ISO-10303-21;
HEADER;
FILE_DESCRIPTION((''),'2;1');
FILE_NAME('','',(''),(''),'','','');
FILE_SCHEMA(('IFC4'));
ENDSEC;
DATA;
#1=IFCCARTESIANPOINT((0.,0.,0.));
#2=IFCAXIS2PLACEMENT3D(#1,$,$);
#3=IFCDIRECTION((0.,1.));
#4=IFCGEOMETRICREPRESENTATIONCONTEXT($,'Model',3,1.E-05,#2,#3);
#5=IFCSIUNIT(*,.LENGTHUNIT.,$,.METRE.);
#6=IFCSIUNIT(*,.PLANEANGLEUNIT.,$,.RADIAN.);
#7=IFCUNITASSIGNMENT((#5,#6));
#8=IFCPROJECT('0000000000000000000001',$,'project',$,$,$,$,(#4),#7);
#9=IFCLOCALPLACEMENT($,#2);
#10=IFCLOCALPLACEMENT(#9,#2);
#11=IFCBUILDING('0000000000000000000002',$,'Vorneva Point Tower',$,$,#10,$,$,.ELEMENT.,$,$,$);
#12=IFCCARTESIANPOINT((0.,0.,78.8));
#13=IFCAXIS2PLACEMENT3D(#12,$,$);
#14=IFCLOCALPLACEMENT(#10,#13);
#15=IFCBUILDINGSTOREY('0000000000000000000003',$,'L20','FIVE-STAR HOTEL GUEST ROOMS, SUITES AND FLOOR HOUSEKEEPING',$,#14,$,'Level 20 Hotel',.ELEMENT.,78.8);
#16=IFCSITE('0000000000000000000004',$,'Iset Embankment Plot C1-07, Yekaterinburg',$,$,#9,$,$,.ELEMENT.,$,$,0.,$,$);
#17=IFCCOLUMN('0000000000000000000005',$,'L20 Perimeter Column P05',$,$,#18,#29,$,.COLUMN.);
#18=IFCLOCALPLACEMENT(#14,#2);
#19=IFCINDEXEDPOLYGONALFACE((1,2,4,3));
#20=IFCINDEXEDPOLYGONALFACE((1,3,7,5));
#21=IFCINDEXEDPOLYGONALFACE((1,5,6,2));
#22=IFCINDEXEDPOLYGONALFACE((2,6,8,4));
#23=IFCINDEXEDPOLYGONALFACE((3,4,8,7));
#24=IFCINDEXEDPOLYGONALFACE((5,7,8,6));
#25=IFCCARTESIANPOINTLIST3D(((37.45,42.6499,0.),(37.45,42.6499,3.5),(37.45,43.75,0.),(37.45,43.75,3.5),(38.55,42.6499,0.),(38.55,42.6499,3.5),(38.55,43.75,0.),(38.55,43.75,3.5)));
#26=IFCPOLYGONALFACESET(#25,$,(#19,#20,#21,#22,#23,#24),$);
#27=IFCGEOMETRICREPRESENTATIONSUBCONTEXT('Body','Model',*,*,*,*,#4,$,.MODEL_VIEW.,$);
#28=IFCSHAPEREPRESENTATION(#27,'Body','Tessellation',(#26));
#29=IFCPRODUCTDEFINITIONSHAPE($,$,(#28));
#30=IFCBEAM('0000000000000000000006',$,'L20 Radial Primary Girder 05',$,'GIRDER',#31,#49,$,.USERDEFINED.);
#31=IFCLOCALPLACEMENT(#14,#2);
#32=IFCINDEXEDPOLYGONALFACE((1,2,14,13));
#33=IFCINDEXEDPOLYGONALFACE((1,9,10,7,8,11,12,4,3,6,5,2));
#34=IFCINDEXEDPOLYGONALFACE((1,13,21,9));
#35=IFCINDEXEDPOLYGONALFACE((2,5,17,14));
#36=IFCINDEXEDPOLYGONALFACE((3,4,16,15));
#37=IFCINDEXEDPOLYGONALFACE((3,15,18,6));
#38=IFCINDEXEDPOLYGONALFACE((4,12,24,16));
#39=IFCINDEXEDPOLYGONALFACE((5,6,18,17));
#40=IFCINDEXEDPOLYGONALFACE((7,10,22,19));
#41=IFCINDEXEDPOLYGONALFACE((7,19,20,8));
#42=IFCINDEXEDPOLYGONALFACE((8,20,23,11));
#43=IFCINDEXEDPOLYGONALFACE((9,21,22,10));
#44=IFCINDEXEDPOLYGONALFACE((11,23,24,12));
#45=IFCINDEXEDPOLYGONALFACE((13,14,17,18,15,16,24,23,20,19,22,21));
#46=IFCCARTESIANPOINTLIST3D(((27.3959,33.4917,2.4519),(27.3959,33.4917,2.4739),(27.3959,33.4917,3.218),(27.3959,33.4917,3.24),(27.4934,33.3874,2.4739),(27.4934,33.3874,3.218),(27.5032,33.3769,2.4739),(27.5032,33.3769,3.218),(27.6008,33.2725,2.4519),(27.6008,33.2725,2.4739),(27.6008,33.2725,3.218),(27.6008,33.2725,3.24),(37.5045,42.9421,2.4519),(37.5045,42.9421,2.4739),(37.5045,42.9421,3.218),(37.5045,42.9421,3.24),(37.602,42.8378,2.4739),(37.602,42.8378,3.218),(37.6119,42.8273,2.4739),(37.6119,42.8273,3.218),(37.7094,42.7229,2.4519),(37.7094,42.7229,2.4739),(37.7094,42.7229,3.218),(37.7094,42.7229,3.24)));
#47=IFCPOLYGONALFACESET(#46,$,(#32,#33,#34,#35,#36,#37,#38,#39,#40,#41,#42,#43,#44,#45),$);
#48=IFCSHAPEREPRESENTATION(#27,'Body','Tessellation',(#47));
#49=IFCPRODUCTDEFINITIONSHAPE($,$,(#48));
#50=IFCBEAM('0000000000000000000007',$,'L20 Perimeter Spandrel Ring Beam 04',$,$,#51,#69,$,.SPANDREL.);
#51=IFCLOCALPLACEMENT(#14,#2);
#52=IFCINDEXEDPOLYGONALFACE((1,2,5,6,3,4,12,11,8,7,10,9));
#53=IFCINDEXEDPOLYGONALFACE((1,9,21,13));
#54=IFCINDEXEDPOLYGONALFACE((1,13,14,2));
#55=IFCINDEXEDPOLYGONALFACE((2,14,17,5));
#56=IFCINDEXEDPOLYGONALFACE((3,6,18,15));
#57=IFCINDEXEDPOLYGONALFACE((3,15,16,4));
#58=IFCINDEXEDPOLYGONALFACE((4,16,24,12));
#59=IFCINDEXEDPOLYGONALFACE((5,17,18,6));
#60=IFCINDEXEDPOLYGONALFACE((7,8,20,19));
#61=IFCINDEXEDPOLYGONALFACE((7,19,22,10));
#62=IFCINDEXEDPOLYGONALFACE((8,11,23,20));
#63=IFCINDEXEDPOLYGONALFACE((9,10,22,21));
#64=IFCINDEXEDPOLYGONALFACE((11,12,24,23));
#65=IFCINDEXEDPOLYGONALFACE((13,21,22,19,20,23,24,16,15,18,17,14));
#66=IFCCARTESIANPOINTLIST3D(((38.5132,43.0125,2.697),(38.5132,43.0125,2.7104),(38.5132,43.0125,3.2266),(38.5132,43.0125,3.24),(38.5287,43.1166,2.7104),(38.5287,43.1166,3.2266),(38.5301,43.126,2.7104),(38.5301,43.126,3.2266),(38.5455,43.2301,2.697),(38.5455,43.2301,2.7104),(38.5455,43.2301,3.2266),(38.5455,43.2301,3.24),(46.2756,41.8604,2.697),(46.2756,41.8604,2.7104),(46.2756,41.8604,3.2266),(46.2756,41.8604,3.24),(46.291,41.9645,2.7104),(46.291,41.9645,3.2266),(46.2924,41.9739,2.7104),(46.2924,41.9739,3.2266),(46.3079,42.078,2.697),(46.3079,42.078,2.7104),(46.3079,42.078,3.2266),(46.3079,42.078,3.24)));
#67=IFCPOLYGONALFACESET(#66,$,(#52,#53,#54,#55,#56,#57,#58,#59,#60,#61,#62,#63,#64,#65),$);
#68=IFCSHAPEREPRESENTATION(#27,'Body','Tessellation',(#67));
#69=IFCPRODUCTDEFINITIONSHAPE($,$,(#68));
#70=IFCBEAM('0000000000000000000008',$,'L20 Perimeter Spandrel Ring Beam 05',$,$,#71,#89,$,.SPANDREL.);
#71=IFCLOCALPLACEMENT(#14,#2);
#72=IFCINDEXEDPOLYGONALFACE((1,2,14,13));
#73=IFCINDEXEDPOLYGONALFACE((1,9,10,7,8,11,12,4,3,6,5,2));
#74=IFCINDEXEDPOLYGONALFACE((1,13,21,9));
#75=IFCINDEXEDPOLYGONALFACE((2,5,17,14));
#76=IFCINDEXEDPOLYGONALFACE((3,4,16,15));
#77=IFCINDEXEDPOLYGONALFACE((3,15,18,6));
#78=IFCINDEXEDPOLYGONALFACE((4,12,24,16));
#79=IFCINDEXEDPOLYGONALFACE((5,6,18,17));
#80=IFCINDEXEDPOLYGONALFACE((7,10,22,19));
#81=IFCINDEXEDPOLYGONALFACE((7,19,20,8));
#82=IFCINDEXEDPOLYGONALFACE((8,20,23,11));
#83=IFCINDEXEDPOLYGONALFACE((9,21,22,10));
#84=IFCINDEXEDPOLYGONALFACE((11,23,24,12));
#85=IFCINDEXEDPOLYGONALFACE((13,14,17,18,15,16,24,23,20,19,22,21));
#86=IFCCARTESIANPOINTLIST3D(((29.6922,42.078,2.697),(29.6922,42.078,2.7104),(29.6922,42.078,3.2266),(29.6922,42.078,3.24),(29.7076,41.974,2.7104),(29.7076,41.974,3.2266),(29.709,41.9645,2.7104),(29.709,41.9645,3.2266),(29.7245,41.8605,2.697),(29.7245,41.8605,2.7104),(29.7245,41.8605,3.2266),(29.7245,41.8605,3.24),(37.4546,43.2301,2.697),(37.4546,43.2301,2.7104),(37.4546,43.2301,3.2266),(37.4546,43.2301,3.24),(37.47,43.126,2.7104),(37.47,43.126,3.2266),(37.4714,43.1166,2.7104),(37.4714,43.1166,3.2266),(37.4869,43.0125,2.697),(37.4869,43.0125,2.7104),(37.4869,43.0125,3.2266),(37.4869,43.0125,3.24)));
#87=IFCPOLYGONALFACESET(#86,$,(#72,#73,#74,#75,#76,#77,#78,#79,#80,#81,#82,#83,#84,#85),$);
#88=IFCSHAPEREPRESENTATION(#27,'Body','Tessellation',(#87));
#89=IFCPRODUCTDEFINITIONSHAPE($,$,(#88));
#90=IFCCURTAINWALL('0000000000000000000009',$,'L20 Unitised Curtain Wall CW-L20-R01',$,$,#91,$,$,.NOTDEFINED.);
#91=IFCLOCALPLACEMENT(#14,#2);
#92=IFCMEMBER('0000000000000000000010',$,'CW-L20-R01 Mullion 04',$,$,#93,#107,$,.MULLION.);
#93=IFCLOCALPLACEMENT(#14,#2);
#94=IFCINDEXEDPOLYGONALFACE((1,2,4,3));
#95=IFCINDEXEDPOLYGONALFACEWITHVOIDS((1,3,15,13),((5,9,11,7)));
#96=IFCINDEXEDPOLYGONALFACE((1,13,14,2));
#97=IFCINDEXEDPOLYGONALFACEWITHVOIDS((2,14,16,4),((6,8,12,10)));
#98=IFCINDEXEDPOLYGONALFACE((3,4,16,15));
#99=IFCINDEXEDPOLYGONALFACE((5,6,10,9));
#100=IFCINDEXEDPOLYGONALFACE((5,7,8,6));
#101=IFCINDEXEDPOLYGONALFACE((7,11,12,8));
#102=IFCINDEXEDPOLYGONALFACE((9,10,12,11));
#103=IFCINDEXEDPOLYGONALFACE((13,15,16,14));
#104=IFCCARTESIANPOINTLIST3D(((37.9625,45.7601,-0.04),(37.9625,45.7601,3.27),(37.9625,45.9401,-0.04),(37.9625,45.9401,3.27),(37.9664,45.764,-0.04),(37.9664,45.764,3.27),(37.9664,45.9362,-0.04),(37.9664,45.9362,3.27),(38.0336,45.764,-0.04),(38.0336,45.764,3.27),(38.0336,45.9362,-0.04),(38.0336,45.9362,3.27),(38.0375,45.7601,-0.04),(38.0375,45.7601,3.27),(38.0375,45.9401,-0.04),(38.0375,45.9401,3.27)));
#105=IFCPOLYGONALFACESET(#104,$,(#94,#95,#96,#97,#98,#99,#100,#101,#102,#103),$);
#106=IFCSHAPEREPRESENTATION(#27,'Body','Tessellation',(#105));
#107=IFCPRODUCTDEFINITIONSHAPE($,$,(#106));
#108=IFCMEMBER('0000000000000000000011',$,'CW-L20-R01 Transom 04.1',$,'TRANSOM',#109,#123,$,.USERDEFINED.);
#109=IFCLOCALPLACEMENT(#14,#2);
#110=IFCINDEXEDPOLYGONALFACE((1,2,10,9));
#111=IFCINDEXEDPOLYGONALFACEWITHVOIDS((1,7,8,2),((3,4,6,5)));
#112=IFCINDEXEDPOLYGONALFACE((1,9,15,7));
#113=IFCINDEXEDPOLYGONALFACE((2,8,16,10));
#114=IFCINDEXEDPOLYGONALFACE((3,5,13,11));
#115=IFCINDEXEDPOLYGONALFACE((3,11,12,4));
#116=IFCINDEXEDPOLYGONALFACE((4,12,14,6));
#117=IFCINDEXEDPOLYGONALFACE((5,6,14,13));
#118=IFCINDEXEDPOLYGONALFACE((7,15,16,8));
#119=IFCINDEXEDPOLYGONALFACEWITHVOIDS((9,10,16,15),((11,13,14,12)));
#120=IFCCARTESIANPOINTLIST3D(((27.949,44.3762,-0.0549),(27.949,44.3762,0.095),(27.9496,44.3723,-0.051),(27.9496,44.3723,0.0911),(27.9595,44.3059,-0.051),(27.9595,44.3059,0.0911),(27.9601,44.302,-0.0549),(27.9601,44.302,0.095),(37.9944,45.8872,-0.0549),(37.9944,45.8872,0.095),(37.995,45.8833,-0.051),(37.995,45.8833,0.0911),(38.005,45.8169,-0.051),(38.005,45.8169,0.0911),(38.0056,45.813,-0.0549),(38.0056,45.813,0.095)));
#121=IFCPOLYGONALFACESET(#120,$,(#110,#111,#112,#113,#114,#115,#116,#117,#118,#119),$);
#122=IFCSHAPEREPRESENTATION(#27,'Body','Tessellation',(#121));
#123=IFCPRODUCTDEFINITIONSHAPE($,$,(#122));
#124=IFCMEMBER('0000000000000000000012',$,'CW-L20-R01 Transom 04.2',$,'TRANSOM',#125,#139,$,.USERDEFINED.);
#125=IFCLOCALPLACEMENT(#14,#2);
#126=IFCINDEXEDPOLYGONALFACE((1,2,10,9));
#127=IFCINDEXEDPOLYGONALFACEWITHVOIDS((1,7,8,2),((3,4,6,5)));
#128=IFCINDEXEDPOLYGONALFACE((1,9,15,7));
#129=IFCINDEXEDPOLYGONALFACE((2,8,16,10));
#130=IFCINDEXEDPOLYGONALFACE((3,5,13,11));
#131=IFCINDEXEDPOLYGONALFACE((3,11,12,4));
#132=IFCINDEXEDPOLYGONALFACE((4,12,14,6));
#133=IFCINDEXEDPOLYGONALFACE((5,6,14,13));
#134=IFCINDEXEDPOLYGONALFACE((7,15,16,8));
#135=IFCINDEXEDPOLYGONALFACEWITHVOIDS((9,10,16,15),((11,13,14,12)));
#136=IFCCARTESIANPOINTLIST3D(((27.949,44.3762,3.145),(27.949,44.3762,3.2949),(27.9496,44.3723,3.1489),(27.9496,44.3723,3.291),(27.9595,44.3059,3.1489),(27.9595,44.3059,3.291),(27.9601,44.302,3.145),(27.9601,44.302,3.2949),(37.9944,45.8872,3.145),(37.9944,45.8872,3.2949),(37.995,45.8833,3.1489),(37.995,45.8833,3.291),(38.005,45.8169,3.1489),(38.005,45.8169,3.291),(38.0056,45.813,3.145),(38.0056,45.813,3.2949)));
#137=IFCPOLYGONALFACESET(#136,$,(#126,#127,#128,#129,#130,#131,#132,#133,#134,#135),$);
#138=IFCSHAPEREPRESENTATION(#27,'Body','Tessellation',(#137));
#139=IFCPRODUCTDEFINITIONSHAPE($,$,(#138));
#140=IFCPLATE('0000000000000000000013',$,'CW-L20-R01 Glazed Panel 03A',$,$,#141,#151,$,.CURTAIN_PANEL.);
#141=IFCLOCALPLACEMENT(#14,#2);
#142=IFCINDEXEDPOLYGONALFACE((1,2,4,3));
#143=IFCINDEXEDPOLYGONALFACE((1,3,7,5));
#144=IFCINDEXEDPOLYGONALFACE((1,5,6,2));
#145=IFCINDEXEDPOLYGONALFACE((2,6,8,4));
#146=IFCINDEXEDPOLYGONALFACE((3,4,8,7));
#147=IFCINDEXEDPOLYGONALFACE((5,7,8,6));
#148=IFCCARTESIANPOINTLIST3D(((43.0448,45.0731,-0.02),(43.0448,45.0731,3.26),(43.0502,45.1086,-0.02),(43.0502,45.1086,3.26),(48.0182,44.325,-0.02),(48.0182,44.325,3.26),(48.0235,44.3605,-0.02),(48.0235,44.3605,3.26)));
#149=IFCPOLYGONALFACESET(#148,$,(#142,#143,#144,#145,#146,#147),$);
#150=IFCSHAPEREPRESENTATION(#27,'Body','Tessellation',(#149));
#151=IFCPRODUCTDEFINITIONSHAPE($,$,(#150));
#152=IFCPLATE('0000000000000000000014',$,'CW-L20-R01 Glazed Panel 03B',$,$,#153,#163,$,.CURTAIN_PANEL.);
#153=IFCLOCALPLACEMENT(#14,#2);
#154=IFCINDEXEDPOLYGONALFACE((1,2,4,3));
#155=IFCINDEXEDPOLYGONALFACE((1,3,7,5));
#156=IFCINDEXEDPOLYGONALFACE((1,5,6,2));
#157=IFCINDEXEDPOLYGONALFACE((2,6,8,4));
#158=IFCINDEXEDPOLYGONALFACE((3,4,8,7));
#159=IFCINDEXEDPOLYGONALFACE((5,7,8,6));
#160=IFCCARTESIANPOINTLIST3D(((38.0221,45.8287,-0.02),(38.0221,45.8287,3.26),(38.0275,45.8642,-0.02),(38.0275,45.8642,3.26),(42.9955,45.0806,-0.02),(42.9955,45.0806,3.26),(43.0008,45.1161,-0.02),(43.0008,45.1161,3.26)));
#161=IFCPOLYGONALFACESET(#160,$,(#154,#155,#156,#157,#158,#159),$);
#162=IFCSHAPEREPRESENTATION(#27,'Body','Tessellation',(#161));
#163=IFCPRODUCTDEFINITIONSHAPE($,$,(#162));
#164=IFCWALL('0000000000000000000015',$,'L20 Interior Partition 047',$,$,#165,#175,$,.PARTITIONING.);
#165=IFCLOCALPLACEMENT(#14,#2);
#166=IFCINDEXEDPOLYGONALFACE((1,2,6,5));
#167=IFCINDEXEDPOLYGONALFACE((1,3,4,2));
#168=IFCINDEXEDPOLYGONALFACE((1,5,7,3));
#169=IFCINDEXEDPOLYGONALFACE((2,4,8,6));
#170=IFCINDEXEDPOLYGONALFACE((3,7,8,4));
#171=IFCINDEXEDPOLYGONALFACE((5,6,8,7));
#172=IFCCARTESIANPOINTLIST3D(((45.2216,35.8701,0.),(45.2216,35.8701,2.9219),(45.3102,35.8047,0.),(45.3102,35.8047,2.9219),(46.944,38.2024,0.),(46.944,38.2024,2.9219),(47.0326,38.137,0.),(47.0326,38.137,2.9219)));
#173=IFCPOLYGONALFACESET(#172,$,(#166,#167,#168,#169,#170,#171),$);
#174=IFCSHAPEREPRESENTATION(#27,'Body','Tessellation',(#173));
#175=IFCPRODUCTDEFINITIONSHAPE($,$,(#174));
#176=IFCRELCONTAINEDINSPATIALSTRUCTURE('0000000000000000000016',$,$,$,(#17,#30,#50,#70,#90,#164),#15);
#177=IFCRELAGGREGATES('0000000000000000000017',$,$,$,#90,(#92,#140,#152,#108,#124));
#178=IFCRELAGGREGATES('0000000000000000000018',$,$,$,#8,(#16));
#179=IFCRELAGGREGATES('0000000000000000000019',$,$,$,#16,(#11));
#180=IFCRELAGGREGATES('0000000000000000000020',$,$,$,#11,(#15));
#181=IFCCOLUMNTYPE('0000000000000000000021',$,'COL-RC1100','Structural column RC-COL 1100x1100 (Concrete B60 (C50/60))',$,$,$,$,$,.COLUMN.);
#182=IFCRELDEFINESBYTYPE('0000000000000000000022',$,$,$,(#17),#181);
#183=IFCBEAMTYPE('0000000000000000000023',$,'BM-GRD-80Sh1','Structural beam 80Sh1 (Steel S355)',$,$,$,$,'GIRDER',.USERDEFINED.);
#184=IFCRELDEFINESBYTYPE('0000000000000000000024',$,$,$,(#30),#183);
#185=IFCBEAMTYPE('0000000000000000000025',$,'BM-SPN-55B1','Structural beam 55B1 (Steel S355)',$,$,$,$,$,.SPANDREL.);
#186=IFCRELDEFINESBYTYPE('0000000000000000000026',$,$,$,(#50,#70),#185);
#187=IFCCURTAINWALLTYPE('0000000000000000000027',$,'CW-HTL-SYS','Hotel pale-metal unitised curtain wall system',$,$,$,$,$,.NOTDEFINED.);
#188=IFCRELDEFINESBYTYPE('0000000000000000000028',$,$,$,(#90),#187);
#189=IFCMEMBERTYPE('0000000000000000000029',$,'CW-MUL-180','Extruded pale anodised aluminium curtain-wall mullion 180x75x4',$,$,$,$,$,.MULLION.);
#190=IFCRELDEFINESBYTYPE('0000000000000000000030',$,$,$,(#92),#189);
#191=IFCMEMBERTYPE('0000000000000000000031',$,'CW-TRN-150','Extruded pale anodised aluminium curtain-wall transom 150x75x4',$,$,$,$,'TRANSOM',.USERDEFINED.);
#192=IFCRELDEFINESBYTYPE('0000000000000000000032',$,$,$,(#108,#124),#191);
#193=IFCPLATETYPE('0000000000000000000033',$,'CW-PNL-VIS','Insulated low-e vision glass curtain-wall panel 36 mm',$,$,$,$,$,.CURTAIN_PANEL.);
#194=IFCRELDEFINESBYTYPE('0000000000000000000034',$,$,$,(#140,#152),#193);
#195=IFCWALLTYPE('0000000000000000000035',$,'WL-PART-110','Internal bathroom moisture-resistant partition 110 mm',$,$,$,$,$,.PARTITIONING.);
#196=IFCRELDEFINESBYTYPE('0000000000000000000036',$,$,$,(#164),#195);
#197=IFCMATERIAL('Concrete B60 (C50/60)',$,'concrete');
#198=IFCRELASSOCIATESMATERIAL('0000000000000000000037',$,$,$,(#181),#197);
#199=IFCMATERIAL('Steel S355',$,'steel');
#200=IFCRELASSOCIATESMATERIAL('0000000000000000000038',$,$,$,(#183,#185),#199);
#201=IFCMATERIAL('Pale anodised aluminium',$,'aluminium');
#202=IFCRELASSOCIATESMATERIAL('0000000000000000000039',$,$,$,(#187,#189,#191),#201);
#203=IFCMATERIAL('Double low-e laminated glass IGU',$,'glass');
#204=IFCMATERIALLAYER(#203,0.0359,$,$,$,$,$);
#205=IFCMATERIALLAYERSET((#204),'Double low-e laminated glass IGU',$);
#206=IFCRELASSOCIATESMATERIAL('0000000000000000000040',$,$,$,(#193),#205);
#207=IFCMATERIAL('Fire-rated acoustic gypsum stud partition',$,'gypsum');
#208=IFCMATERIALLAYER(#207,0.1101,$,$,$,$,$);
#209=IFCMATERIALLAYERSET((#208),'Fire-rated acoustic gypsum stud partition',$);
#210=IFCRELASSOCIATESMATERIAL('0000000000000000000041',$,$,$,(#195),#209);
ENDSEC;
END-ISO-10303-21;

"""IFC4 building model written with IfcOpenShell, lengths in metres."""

from ifc_helpers import new_model, si_unit, direction, frame, frame_2d, origin, origin_2d, place, context, subcontext, project, spatial, rectangle, hollow_rectangle, i_section, extrude, material, layer, layer_set, material_profile, profile_set, type_object, element, aggregate, save


model = new_model("IFC4")

# Units and contexts
model_context = context("Model", 3, precision=1e-05, world=origin(), true_north=direction((0.0, 1.0)))
body_context = subcontext(model_context, "Body", "Model", "MODEL_VIEW")
ifc_project = project(units=[si_unit("LENGTHUNIT", "METRE"), si_unit("PLANEANGLEUNIT", "RADIAN")], contexts=[model_context])

# Site, building, storey
site_placement = place(None, origin())
site = spatial("IfcSite", under=ifc_project, at=site_placement, Name="Iset Embankment Plot C1-07, Yekaterinburg", CompositionType="ELEMENT", RefElevation=0.0)
building_placement = place(site_placement, origin())
building = spatial("IfcBuilding", under=site, at=building_placement, Name="Vorneva Point Tower", CompositionType="ELEMENT")
storey_placement = place(building_placement, frame((0.0, 0.0, 78.8)))
storey = spatial("IfcBuildingStorey", under=building, at=storey_placement, Name="L20", Description="FIVE-STAR HOTEL GUEST ROOMS, SUITES AND FLOOR HOUSEKEEPING", LongName="Level 20 Hotel", CompositionType="ELEMENT", Elevation=78.8)

# Column
ifc_material_1 = material(Name="Concrete B60 (C50/60)", Category="concrete")
ifc_material_profile_1 = material_profile(ifc_material_1, rectangle(XDim=1.1001, YDim=1.1001, at=origin_2d()), Name="RC-COL 1100x1100")
ifc_profile_set_1 = profile_set([ifc_material_profile_1], Name="Concrete B60 (C50/60)")
column_type = type_object("IfcColumnType", Name="COL-RC1100", Description="Structural column RC-COL 1100x1100 (Concrete B60 (C50/60))", PredefinedType="COLUMN", material=ifc_profile_set_1)
column_placement = place(storey_placement, frame((38.0, 43.2, 0.0), z_axis=(0.0, 0.0, 1.0), x_axis=(0.0, 1.0, 0.0)))
element("IfcColumn", 1, at=column_placement, inside=storey, type_object=column_type, Name="L20 Perimeter Column P05", PredefinedType="COLUMN", context=body_context, shape_type="SweptSolid", body=[
    extrude(rectangle(XDim=1.1001, YDim=1.1001, at=origin_2d()), origin(), (0.0, 0.0, 1.0), 3.5),
])

# Beams
ifc_material_2 = material(Name="Steel S355", Category="steel")
ifc_material_profile_2 = material_profile(ifc_material_2, i_section(OverallWidth=0.3, OverallDepth=0.7881, WebThickness=0.0144, FlangeThickness=0.022, at=origin_2d()), Name="80Sh1")
ifc_profile_set_2 = profile_set([ifc_material_profile_2], Name="Steel S355")
beam_type_1 = type_object("IfcBeamType", Name="BM-GRD-80Sh1", Description="Structural beam 80Sh1 (Steel S355)", ElementType="GIRDER", PredefinedType="USERDEFINED", material=ifc_profile_set_2)
beam_placement = place(storey_placement, frame((37.6069, 42.8325, 2.8459), z_axis=(-0.730489, -0.682925, 0.0), x_axis=(0.682925, -0.730489, 0.0)))
element("IfcBeam", 2, at=beam_placement, inside=storey, type_object=beam_type_1, Name="L20 Radial Primary Girder 05", ObjectType="GIRDER", PredefinedType="USERDEFINED", context=body_context, shape_type="SweptSolid", body=[
    extrude(i_section(OverallWidth=0.3, OverallDepth=0.7881, WebThickness=0.0144, FlangeThickness=0.022, at=origin_2d()), origin(), (0.0, 0.0, 1.0), 13.8381),
])
ifc_material_profile_3 = material_profile(ifc_material_2, i_section(OverallWidth=0.22, OverallDepth=0.543, WebThickness=0.0095, FlangeThickness=0.0134, at=origin_2d()), Name="55B1")
ifc_profile_set_3 = profile_set([ifc_material_profile_3], Name="Steel S355")
beam_type_2 = type_object("IfcBeamType", Name="BM-SPN-55B1", Description="Structural beam 55B1 (Steel S355)", PredefinedType="SPANDREL", material=ifc_profile_set_3)
for number, where, z_axis, x_axis, name in (
    (3, (46.2917, 41.9692, 2.9685), (-0.989165, 0.146811, 0.0), (-0.146811, -0.989165, 0.0), "L20 Perimeter Spandrel Ring Beam 04"),
    (4, (37.4707, 43.1213, 2.9685), (-0.989165, -0.146811, 0.0), (0.146811, -0.989165, 0.0), "L20 Perimeter Spandrel Ring Beam 05"),
):
    element("IfcBeam", number, at=place(storey_placement, frame(where, z_axis=z_axis, x_axis=x_axis)), inside=storey, type_object=beam_type_2, Name=name, PredefinedType="SPANDREL", context=body_context, shape_type="SweptSolid", body=[
        extrude(i_section(OverallWidth=0.22, OverallDepth=0.543, WebThickness=0.0095, FlangeThickness=0.0134, at=origin_2d()), origin(), (0.0, 0.0, 1.0), 7.8474),
    ])

# Curtain wall, members, plates
ifc_material_3 = material(Name="Pale anodised aluminium", Category="aluminium")
curtain_wall_type = type_object("IfcCurtainWallType", Name="CW-HTL-SYS", Description="Hotel pale-metal unitised curtain wall system", PredefinedType="NOTDEFINED", material=ifc_material_3)
curtain_wall_placement = place(storey_placement, origin())
curtain_wall = element("IfcCurtainWall", 5, at=curtain_wall_placement, inside=storey, type_object=curtain_wall_type, Name="L20 Unitised Curtain Wall CW-L20-R01", PredefinedType="NOTDEFINED")
ifc_material_profile_4 = material_profile(ifc_material_3, hollow_rectangle(XDim=0.075, YDim=0.1799, WallThickness=0.0039, at=origin_2d()), Name="AL-MUL 180x75x4")
ifc_profile_set_4 = profile_set([ifc_material_profile_4], Name="Pale anodised aluminium")
member_type_1 = type_object("IfcMemberType", Name="CW-MUL-180", Description="Extruded pale anodised aluminium curtain-wall mullion 180x75x4", PredefinedType="MULLION", material=ifc_profile_set_4)
member_1_placement = place(storey_placement, frame((38.0, 45.8501, -0.04), z_axis=(0.0, 0.0, 1.0), x_axis=(1.0, 0.0, 0.0)))
member_1 = element("IfcMember", 6, at=member_1_placement, type_object=member_type_1, Name="CW-L20-R01 Mullion 04", PredefinedType="MULLION", context=body_context, shape_type="SweptSolid", body=[
    extrude(hollow_rectangle(XDim=0.075, YDim=0.1799, WallThickness=0.0039, at=origin_2d()), origin(), (0.0, 0.0, 1.0), 3.3101),
])
ifc_material_profile_5 = material_profile(ifc_material_3, hollow_rectangle(XDim=0.075, YDim=0.1499, WallThickness=0.0039, at=origin_2d()), Name="AL-TRN 150x75x4")
ifc_profile_set_5 = profile_set([ifc_material_profile_5], Name="Pale anodised aluminium")
member_type_2 = type_object("IfcMemberType", Name="CW-TRN-150", Description="Extruded pale anodised aluminium curtain-wall transom 150x75x4", ElementType="TRANSOM", PredefinedType="USERDEFINED", material=ifc_profile_set_5)
member_2_placement = place(storey_placement, frame((38.0, 45.8501, 0.02), z_axis=(-0.988876, -0.148742, 0.0), x_axis=(0.148742, -0.988876, 0.0)))
member_2 = element("IfcMember", 7, at=member_2_placement, type_object=member_type_2, Name="CW-L20-R01 Transom 04.1", ObjectType="TRANSOM", PredefinedType="USERDEFINED", context=body_context, shape_type="SweptSolid", body=[
    extrude(hollow_rectangle(XDim=0.075, YDim=0.1499, WallThickness=0.0039, at=origin_2d()), origin(), (0.0, 0.0, 1.0), 10.1584),
])
member_3_placement = place(storey_placement, frame((38.0, 45.8501, 3.22), z_axis=(-0.988876, -0.148742, 0.0), x_axis=(0.148742, -0.988876, 0.0)))
member_3 = element("IfcMember", 8, at=member_3_placement, type_object=member_type_2, Name="CW-L20-R01 Transom 04.2", ObjectType="TRANSOM", PredefinedType="USERDEFINED", context=body_context, shape_type="SweptSolid", body=[
    extrude(hollow_rectangle(XDim=0.075, YDim=0.1499, WallThickness=0.0039, at=origin_2d()), origin(), (0.0, 0.0, 1.0), 10.1584),
])
ifc_material_4 = material(Name="Double low-e laminated glass IGU", Category="glass")
ifc_layer_1 = layer(ifc_material_4, 0.0359)
ifc_layer_set_1 = layer_set([ifc_layer_1], Name="Double low-e laminated glass IGU")
plate_type = type_object("IfcPlateType", Name="CW-PNL-VIS", Description="Insulated low-e vision glass curtain-wall panel 36 mm", PredefinedType="CURTAIN_PANEL", material=ifc_layer_set_1)
plate_1_placement = place(storey_placement, frame((45.5342, 44.7168, -0.02), z_axis=(0.0, 0.0, 1.0), x_axis=(-0.988876, 0.148741, 0.0)))
plate_1 = element("IfcPlate", 9, at=plate_1_placement, type_object=plate_type, Name="CW-L20-R01 Glazed Panel 03A", PredefinedType="CURTAIN_PANEL", context=body_context, shape_type="SweptSolid", body=[
    extrude(rectangle(XDim=5.0293, YDim=0.0359, at=origin_2d()), origin(), (0.0, 0.0, 1.0), 3.28),
])
plate_2_placement = place(storey_placement, frame((40.5115, 45.4724, -0.02), z_axis=(0.0, 0.0, 1.0), x_axis=(-0.988876, 0.148741, 0.0)))
plate_2 = element("IfcPlate", 10, at=plate_2_placement, type_object=plate_type, Name="CW-L20-R01 Glazed Panel 03B", PredefinedType="CURTAIN_PANEL", context=body_context, shape_type="SweptSolid", body=[
    extrude(rectangle(XDim=5.0293, YDim=0.0359, at=origin_2d()), origin(), (0.0, 0.0, 1.0), 3.28),
])
aggregate(curtain_wall, [member_1, plate_1, plate_2, member_2, member_3])

# Wall
ifc_material_5 = material(Name="Fire-rated acoustic gypsum stud partition", Category="gypsum")
ifc_layer_2 = layer(ifc_material_5, 0.1101)
ifc_layer_set_2 = layer_set([ifc_layer_2], Name="Fire-rated acoustic gypsum stud partition")
wall_type_1 = type_object("IfcWallType", Name="WL-PART-110", Description="Internal bathroom moisture-resistant partition 110 mm", PredefinedType="PARTITIONING", material=ifc_layer_set_2)
wall_1_placement = place(storey_placement, frame((45.2659, 35.8374, 0.0), z_axis=(0.0, 0.0, 1.0), x_axis=(0.594069, 0.804414, 0.0)))
element("IfcWall", 11, at=wall_1_placement, inside=storey, type_object=wall_type_1, Name="L20 Interior Partition 047", PredefinedType="PARTITIONING", context=body_context, shape_type="SweptSolid", body=[
    extrude(rectangle(XDim=2.8994, YDim=0.1101, at=frame_2d((1.4497, 0.0))), origin(), (0.0, 0.0, 1.0), 2.9219),
])

save(model, "model.ifc")
